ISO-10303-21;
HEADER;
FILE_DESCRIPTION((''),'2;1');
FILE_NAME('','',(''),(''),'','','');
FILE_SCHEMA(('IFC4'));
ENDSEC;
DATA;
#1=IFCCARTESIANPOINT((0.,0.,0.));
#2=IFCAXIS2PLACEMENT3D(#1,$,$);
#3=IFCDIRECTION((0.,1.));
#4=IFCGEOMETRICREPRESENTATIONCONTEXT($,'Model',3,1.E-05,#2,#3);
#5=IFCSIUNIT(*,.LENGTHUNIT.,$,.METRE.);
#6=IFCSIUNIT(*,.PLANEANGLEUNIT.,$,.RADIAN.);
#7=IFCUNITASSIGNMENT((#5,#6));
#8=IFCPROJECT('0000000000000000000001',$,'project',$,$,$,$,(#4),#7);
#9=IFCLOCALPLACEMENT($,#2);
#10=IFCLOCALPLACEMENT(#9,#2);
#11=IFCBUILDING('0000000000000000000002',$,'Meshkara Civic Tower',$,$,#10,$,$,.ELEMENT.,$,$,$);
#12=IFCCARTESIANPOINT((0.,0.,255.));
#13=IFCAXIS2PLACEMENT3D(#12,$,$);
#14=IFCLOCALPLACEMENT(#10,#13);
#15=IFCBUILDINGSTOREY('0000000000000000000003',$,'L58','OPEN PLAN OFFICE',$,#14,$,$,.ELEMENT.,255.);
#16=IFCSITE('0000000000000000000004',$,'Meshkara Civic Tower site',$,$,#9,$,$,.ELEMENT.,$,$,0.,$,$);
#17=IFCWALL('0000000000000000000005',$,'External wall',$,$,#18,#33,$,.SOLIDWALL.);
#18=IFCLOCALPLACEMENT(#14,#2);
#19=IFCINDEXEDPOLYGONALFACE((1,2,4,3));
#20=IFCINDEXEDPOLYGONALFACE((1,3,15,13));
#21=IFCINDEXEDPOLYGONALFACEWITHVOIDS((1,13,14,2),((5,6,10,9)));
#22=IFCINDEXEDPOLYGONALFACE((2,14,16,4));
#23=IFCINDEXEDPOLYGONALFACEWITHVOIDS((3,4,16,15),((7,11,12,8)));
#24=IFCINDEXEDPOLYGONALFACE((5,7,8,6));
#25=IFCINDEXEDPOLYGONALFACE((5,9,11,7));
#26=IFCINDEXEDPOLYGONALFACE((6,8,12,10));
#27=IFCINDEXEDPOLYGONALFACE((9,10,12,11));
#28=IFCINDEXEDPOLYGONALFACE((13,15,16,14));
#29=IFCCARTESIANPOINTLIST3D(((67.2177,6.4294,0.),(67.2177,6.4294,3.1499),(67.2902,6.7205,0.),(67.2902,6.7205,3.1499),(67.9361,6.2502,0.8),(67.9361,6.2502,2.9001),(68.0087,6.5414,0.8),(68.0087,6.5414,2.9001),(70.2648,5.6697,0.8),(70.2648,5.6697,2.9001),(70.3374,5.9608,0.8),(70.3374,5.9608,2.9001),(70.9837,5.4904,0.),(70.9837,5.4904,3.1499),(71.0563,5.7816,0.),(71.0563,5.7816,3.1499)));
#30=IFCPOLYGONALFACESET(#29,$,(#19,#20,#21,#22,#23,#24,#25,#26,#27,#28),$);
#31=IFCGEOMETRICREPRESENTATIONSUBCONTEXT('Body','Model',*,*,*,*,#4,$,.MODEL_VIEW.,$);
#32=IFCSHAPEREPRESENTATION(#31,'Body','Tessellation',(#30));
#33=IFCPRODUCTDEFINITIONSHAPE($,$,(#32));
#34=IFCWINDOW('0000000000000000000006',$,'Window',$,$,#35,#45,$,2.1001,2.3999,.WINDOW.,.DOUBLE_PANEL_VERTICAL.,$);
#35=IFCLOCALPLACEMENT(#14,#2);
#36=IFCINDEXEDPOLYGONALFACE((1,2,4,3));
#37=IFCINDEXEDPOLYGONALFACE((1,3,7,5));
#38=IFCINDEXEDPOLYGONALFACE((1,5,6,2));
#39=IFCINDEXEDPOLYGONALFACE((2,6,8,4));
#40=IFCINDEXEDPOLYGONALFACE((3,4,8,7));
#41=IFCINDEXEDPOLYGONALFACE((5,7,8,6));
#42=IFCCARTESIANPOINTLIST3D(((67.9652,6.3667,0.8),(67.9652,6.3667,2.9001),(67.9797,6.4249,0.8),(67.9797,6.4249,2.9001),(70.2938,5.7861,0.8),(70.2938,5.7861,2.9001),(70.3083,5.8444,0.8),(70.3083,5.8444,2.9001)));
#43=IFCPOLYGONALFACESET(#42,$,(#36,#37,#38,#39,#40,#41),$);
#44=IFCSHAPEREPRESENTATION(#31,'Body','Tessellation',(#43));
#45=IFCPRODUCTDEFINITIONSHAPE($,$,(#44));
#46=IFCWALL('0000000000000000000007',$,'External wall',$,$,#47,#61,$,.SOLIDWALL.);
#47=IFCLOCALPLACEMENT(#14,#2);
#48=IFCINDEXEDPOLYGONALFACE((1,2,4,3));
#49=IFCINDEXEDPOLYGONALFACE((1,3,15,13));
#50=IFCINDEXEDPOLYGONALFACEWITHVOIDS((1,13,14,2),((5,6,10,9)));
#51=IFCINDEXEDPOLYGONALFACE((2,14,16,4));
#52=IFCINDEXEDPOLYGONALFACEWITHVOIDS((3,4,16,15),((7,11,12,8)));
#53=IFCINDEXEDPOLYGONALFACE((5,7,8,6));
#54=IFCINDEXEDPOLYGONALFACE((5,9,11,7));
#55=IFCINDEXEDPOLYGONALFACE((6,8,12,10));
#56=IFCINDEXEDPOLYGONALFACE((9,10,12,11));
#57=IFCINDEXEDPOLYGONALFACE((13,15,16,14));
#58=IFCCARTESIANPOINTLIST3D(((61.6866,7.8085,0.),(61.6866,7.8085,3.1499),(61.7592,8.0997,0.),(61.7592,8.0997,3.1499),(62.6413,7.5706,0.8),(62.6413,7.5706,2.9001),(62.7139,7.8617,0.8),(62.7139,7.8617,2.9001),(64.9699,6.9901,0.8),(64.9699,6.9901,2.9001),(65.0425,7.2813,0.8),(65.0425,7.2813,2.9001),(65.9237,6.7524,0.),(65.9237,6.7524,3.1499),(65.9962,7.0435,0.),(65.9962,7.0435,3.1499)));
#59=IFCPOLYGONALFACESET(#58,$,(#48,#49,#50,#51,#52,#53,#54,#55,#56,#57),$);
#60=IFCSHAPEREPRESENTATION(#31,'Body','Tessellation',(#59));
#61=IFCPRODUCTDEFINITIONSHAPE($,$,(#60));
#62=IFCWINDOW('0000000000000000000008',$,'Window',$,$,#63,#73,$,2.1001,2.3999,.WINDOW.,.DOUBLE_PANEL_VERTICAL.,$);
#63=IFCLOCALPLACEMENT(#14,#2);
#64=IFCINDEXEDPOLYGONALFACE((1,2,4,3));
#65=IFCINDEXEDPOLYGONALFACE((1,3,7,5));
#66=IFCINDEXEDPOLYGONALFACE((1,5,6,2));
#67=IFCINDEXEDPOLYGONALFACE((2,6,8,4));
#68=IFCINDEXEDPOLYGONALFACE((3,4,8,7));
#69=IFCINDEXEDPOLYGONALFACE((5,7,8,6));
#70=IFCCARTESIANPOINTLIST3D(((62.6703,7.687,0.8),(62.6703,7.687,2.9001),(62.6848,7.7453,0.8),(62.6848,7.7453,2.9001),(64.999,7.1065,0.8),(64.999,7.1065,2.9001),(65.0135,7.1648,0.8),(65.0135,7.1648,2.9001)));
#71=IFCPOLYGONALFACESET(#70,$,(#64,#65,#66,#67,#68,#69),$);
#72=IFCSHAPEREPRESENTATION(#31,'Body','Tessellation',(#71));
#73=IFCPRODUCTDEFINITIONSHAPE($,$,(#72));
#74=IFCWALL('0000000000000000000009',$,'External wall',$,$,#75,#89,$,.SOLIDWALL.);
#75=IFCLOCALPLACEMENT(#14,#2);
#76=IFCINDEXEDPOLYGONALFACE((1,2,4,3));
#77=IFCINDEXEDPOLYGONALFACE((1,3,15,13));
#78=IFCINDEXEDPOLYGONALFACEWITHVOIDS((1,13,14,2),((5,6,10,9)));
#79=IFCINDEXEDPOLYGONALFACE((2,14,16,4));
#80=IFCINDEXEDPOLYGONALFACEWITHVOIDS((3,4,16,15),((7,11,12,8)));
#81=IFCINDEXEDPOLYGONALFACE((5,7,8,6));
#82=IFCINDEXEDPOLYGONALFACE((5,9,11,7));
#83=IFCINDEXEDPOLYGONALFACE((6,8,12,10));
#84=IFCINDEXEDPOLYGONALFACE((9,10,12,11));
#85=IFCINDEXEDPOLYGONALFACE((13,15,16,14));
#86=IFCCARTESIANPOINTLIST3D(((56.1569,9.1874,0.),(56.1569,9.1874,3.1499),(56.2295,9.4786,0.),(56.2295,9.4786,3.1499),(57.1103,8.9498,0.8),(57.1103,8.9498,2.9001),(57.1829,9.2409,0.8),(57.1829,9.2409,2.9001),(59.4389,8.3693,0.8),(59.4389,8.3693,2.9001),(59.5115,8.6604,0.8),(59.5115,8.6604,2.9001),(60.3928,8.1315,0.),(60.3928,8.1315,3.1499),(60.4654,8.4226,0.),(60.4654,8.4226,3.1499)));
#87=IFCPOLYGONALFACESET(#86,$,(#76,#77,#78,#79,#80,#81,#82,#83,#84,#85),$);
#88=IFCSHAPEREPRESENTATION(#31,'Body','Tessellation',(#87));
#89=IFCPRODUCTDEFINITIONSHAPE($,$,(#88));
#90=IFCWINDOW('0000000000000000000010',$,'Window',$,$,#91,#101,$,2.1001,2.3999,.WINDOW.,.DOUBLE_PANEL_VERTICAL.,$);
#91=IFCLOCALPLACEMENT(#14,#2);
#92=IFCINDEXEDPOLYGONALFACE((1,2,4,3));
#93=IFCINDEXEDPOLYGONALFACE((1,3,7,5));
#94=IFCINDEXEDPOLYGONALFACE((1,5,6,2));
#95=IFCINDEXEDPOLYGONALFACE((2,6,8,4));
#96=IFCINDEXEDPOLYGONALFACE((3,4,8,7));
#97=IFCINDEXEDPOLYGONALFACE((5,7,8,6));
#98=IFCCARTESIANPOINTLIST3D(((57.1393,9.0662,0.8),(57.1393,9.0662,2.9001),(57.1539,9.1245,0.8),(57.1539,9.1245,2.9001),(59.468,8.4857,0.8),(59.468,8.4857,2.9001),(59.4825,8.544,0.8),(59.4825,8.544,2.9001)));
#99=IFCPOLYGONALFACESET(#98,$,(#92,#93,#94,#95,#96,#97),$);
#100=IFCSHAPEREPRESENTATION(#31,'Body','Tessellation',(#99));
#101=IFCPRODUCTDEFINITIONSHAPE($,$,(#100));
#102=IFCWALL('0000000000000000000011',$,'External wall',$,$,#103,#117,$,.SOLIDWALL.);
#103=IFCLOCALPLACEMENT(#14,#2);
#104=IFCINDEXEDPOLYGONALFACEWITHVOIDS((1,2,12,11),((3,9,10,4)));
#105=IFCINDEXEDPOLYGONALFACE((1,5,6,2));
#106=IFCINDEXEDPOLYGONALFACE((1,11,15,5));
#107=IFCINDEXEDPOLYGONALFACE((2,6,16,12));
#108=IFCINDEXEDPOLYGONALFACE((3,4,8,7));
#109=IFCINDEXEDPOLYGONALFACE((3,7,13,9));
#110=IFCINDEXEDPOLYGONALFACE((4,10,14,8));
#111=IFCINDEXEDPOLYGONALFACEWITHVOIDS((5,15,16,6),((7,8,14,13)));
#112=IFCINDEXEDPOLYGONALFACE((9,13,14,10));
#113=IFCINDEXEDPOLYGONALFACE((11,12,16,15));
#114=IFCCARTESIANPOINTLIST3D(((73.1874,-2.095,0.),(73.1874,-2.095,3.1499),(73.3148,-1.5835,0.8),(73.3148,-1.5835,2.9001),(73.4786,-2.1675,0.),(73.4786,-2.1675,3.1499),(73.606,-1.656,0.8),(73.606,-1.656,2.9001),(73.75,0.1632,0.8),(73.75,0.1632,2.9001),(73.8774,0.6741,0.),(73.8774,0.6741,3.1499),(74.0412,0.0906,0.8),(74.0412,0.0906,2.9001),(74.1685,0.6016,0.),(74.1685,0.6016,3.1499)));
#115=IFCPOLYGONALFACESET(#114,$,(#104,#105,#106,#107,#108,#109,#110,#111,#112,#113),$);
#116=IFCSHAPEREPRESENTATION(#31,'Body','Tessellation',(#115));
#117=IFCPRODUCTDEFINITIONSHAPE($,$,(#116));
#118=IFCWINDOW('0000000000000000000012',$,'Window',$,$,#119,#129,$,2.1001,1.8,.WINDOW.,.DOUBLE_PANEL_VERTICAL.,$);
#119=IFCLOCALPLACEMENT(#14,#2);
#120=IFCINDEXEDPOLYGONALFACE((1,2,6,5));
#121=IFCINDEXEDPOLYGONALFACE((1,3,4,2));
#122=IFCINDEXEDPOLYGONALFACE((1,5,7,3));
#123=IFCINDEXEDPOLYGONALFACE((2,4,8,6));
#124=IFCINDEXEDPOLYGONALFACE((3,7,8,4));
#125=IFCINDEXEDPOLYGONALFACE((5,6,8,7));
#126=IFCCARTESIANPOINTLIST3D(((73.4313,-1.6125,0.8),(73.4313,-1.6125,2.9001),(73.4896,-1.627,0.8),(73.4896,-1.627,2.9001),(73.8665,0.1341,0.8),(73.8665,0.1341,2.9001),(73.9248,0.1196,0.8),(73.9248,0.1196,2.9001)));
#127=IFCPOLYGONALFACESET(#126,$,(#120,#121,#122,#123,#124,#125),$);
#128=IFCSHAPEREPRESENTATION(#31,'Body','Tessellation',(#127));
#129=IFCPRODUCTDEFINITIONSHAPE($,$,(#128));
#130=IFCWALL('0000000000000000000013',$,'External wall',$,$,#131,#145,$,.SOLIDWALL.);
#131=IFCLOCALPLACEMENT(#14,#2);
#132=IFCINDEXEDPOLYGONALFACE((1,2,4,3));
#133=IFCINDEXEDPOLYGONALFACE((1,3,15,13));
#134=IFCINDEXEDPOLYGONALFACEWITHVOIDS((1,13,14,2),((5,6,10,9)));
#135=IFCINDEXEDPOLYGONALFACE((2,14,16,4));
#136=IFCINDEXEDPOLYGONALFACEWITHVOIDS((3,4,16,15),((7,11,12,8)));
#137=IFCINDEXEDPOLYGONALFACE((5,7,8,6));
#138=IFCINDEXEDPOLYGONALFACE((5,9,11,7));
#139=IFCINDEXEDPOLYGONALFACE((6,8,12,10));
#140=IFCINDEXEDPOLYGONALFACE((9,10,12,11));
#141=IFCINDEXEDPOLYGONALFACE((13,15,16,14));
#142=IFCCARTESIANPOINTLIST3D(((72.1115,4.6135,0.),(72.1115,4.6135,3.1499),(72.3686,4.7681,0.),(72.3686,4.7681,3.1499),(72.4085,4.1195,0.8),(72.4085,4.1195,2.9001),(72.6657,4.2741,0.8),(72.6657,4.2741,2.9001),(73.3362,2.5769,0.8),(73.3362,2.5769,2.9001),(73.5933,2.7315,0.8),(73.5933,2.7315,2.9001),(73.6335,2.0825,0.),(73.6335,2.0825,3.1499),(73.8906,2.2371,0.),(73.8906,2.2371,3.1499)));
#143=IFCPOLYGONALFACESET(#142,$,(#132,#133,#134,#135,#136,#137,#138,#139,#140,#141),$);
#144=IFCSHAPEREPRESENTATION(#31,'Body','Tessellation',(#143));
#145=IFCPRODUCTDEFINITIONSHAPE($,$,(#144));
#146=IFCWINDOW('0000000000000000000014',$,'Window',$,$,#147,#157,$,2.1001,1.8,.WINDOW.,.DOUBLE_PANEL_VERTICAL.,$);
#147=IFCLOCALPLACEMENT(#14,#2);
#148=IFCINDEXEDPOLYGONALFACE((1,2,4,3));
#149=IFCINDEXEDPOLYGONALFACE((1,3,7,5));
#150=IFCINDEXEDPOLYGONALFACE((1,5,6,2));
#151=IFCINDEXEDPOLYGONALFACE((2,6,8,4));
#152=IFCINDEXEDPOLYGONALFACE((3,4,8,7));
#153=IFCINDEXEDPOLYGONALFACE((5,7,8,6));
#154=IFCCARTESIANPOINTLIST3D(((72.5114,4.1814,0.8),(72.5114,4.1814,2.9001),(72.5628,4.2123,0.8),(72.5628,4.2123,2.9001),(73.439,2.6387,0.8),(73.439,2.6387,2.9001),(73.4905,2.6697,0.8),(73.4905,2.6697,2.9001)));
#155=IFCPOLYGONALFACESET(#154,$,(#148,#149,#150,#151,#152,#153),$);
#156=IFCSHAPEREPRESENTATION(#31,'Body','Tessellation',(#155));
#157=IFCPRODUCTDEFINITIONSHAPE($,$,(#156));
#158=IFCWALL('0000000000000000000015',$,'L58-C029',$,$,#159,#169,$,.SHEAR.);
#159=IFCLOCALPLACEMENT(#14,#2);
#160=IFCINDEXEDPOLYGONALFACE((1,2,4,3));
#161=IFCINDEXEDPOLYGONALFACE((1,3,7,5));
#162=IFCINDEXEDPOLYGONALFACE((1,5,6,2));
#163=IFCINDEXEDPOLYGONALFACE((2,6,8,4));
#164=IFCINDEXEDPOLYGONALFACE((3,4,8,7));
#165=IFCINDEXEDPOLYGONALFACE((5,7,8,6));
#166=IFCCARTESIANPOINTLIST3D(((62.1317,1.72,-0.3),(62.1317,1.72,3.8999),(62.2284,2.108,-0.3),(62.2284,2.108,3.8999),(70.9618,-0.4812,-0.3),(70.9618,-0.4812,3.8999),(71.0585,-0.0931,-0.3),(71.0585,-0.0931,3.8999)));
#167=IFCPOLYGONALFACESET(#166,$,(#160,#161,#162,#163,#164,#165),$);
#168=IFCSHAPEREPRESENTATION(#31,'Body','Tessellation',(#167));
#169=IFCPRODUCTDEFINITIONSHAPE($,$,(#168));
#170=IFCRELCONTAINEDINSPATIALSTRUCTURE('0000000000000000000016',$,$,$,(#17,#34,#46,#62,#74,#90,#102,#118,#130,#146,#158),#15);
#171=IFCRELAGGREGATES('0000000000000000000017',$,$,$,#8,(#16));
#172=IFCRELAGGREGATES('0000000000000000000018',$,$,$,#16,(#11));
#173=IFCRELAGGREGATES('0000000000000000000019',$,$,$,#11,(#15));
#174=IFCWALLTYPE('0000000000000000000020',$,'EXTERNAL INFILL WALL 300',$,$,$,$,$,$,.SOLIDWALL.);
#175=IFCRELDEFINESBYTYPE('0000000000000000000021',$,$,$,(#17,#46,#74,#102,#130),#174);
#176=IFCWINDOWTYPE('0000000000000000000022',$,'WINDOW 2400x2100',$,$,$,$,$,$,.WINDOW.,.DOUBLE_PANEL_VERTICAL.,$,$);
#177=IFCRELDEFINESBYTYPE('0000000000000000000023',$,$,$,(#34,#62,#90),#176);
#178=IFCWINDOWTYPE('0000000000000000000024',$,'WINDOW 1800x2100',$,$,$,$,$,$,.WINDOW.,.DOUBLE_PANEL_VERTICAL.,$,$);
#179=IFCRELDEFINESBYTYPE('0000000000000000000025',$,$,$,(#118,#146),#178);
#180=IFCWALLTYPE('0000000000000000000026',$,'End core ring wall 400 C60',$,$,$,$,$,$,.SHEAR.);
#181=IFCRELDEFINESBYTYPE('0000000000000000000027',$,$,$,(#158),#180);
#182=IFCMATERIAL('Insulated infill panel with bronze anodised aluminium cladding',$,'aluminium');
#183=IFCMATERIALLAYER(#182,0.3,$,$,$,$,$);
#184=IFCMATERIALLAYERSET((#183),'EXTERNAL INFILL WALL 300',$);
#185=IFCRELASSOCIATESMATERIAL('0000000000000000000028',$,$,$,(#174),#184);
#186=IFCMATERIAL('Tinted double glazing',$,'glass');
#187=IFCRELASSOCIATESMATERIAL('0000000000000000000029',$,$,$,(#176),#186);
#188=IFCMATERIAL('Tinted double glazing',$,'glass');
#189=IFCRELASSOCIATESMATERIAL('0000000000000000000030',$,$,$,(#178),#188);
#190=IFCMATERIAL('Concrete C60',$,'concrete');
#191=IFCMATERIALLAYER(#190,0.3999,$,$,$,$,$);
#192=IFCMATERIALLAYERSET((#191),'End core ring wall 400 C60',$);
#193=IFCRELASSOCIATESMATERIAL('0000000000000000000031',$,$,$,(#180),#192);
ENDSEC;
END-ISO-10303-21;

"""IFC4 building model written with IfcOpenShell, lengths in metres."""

from ifc_helpers import new_model, si_unit, direction, frame, frame_2d, origin, place, context, subcontext, project, spatial, rectangle, extrude, material, layer, layer_set, type_object, element, fill, save


model = new_model("IFC4")

# Units and contexts
model_context = context("Model", 3, precision=1e-05, world=origin(), true_north=direction((0.0, 1.0)))
body_context = subcontext(model_context, "Body", "Model", "MODEL_VIEW")
ifc_project = project(units=[si_unit("LENGTHUNIT", "METRE"), si_unit("PLANEANGLEUNIT", "RADIAN")], contexts=[model_context])

# Site, building, storey
site_placement = place(None, origin())
site = spatial("IfcSite", under=ifc_project, at=site_placement, Name="Meshkara Civic Tower site", CompositionType="ELEMENT", RefElevation=0.0)
building_placement = place(site_placement, origin())
building = spatial("IfcBuilding", under=site, at=building_placement, Name="Meshkara Civic Tower", CompositionType="ELEMENT")
storey_placement = place(building_placement, frame((0.0, 0.0, 255.0)))
storey = spatial("IfcBuildingStorey", under=building, at=storey_placement, Name="L58", Description="OPEN PLAN OFFICE", CompositionType="ELEMENT", Elevation=255.0)

# Walls, openings, windows
ifc_material_1 = material(Name="Insulated infill panel with bronze anodised aluminium cladding", Category="aluminium")
ifc_layer_1 = layer(ifc_material_1, 0.3)
ifc_layer_set_1 = layer_set([ifc_layer_1], Name="EXTERNAL INFILL WALL 300")
wall_type_1 = type_object("IfcWallType", Name="EXTERNAL INFILL WALL 300", PredefinedType="SOLIDWALL", material=ifc_layer_set_1)
wall_1_placement = place(storey_placement, frame((71.02, 5.636, 0.0), z_axis=(0.0, 0.0, 1.0), x_axis=(-0.970298, 0.241914, 0.0)))
wall_1 = element("IfcWall", 1, at=wall_1_placement, inside=storey, type_object=wall_type_1, Name="External wall", PredefinedType="SOLIDWALL", context=body_context, shape_type="SweptSolid", body=[
    extrude(rectangle(XDim=3.8813, YDim=0.3, at=frame_2d((1.9407, 0.0))), origin(), (0.0, 0.0, 1.0), 3.1499),
])
opening_1_placement = place(wall_1_placement, frame((0.741, 0.0, 0.8)))
opening_1 = element("IfcOpeningElement", 2, at=opening_1_placement, cuts=wall_1, PredefinedType="OPENING", context=body_context, shape_type="SweptSolid", body=[
    extrude(rectangle(XDim=2.3999, YDim=2.1001, at=frame_2d((1.2, 1.05))), frame((0.0, 0.1599, 0.0), z_axis=(0.0, -1.0, 0.0), x_axis=(1.0, 0.0, 0.0)), (0.0, 0.0, 1.0), 0.3201),
])
ifc_material_2 = material(Name="Tinted double glazing", Category="glass")
window_type_1 = type_object("IfcWindowType", Name="WINDOW 2400x2100", PartitioningType="DOUBLE_PANEL_VERTICAL", PredefinedType="WINDOW", material=ifc_material_2)
window_1_placement = place(opening_1_placement, origin())
window_1 = element("IfcWindow", 3, at=window_1_placement, inside=storey, type_object=window_type_1, Name="Window", OverallHeight=2.1001, OverallWidth=2.3999, PartitioningType="DOUBLE_PANEL_VERTICAL", PredefinedType="WINDOW", context=body_context, shape_type="SweptSolid", body=[
    extrude(rectangle(XDim=2.3999, YDim=2.1001, at=frame_2d((1.2, 1.05))), frame((0.0, 0.03, 0.0), z_axis=(0.0, -1.0, 0.0), x_axis=(1.0, 0.0, 0.0)), (0.0, 0.0, 1.0), 0.0601),
])
fill(opening_1, window_1)
wall_2_placement = place(storey_placement, frame((65.96, 6.8979, 0.0), z_axis=(0.0, 0.0, 1.0), x_axis=(-0.97031, 0.241865, 0.0)))
wall_2 = element("IfcWall", 4, at=wall_2_placement, inside=storey, type_object=wall_type_1, Name="External wall", PredefinedType="SOLIDWALL", context=body_context, shape_type="SweptSolid", body=[
    extrude(rectangle(XDim=4.3667, YDim=0.3, at=frame_2d((2.1833, 0.0))), origin(), (0.0, 0.0, 1.0), 3.1499),
])
opening_2_placement = place(wall_2_placement, frame((0.9829, 0.0, 0.8)))
opening_2 = element("IfcOpeningElement", 5, at=opening_2_placement, cuts=wall_2, PredefinedType="OPENING", context=body_context, shape_type="SweptSolid", body=[
    extrude(rectangle(XDim=2.3999, YDim=2.1001, at=frame_2d((1.2, 1.05))), frame((0.0, 0.1599, 0.0), z_axis=(0.0, -1.0, 0.0), x_axis=(1.0, 0.0, 0.0)), (0.0, 0.0, 1.0), 0.3201),
])
window_2_placement = place(opening_2_placement, origin())
window_2 = element("IfcWindow", 6, at=window_2_placement, inside=storey, type_object=window_type_1, Name="Window", OverallHeight=2.1001, OverallWidth=2.3999, PartitioningType="DOUBLE_PANEL_VERTICAL", PredefinedType="WINDOW", context=body_context, shape_type="SweptSolid", body=[
    extrude(rectangle(XDim=2.3999, YDim=2.1001, at=frame_2d((1.2, 1.05))), frame((0.0, 0.03, 0.0), z_axis=(0.0, -1.0, 0.0), x_axis=(1.0, 0.0, 0.0)), (0.0, 0.0, 1.0), 0.0601),
])
fill(opening_2, window_2)
wall_3_placement = place(storey_placement, frame((60.429, 8.2771, 0.0), z_axis=(0.0, 0.0, 1.0), x_axis=(-0.970307, 0.241878, 0.0)))
wall_3 = element("IfcWall", 7, at=wall_3_placement, inside=storey, type_object=wall_type_1, Name="External wall", PredefinedType="SOLIDWALL", context=body_context, shape_type="SweptSolid", body=[
    extrude(rectangle(XDim=4.3655, YDim=0.3, at=frame_2d((2.1826, 0.0))), origin(), (0.0, 0.0, 1.0), 3.1499),
])
opening_3_placement = place(wall_3_placement, frame((0.9829, 0.0, 0.8)))
opening_3 = element("IfcOpeningElement", 8, at=opening_3_placement, cuts=wall_3, PredefinedType="OPENING", context=body_context, shape_type="SweptSolid", body=[
    extrude(rectangle(XDim=2.3999, YDim=2.1001, at=frame_2d((1.2, 1.05))), frame((0.0, 0.1599, 0.0), z_axis=(0.0, -1.0, 0.0), x_axis=(1.0, 0.0, 0.0)), (0.0, 0.0, 1.0), 0.3201),
])
window_3_placement = place(opening_3_placement, origin())
window_3 = element("IfcWindow", 9, at=window_3_placement, inside=storey, type_object=window_type_1, Name="Window", OverallHeight=2.1001, OverallWidth=2.3999, PartitioningType="DOUBLE_PANEL_VERTICAL", PredefinedType="WINDOW", context=body_context, shape_type="SweptSolid", body=[
    extrude(rectangle(XDim=2.3999, YDim=2.1001, at=frame_2d((1.2, 1.05))), frame((0.0, 0.03, 0.0), z_axis=(0.0, -1.0, 0.0), x_axis=(1.0, 0.0, 0.0)), (0.0, 0.0, 1.0), 0.0601),
])
fill(opening_3, window_3)
wall_4_placement = place(storey_placement, frame((73.333, -2.1311, 0.0), z_axis=(0.0, 0.0, 1.0), x_axis=(0.241771, 0.970333, 0.0)))
wall_4 = element("IfcWall", 10, at=wall_4_placement, inside=storey, type_object=wall_type_1, Name="External wall", PredefinedType="SOLIDWALL", context=body_context, shape_type="SweptSolid", body=[
    extrude(rectangle(XDim=2.8538, YDim=0.3, at=frame_2d((1.4268, 0.0))), origin(), (0.0, 0.0, 1.0), 3.1499),
])
opening_4_placement = place(wall_4_placement, frame((0.5271, 0.0, 0.8)))
opening_4 = element("IfcOpeningElement", 11, at=opening_4_placement, cuts=wall_4, PredefinedType="OPENING", context=body_context, shape_type="SweptSolid", body=[
    extrude(rectangle(XDim=1.8, YDim=2.1001, at=frame_2d((0.8999, 1.05))), frame((0.0, 0.1599, 0.0), z_axis=(0.0, -1.0, 0.0), x_axis=(1.0, 0.0, 0.0)), (0.0, 0.0, 1.0), 0.3201),
])
ifc_material_3 = material(Name="Tinted double glazing", Category="glass")
window_type_2 = type_object("IfcWindowType", Name="WINDOW 1800x2100", PartitioningType="DOUBLE_PANEL_VERTICAL", PredefinedType="WINDOW", material=ifc_material_3)
window_4_placement = place(opening_4_placement, origin())
window_4 = element("IfcWindow", 12, at=window_4_placement, inside=storey, type_object=window_type_2, Name="Window", OverallHeight=2.1001, OverallWidth=1.8, PartitioningType="DOUBLE_PANEL_VERTICAL", PredefinedType="WINDOW", context=body_context, shape_type="SweptSolid", body=[
    extrude(rectangle(XDim=1.8, YDim=2.1001, at=frame_2d((0.8999, 1.05))), frame((0.0, 0.03, 0.0), z_axis=(0.0, -1.0, 0.0), x_axis=(1.0, 0.0, 0.0)), (0.0, 0.0, 1.0), 0.0601),
])
fill(opening_4, window_4)
wall_5_placement = place(storey_placement, frame((73.762, 2.1599, 0.0), z_axis=(0.0, 0.0, 1.0), x_axis=(-0.515334, 0.856989, 0.0)))
wall_5 = element("IfcWall", 13, at=wall_5_placement, inside=storey, type_object=wall_type_1, Name="External wall", PredefinedType="SOLIDWALL", context=body_context, shape_type="SweptSolid", body=[
    extrude(rectangle(XDim=2.9534, YDim=0.3, at=frame_2d((1.4766, 0.0))), origin(), (0.0, 0.0, 1.0), 3.1499),
])
opening_5_placement = place(wall_5_placement, frame((0.5769, 0.0, 0.8)))
opening_5 = element("IfcOpeningElement", 14, at=opening_5_placement, cuts=wall_5, PredefinedType="OPENING", context=body_context, shape_type="SweptSolid", body=[
    extrude(rectangle(XDim=1.8, YDim=2.1001, at=frame_2d((0.8999, 1.05))), frame((0.0, 0.1599, 0.0), z_axis=(0.0, -1.0, 0.0), x_axis=(1.0, 0.0, 0.0)), (0.0, 0.0, 1.0), 0.3201),
])
window_5_placement = place(opening_5_placement, origin())
window_5 = element("IfcWindow", 15, at=window_5_placement, inside=storey, type_object=window_type_2, Name="Window", OverallHeight=2.1001, OverallWidth=1.8, PartitioningType="DOUBLE_PANEL_VERTICAL", PredefinedType="WINDOW", context=body_context, shape_type="SweptSolid", body=[
    extrude(rectangle(XDim=1.8, YDim=2.1001, at=frame_2d((0.8999, 1.05))), frame((0.0, 0.03, 0.0), z_axis=(0.0, -1.0, 0.0), x_axis=(1.0, 0.0, 0.0)), (0.0, 0.0, 1.0), 0.0601),
])
fill(opening_5, window_5)

# Wall
ifc_material_4 = material(Name="Concrete C60", Category="concrete")
ifc_layer_2 = layer(ifc_material_4, 0.3999)
ifc_layer_set_2 = layer_set([ifc_layer_2], Name="End core ring wall 400 C60")
wall_type_2 = type_object("IfcWallType", Name="End core ring wall 400 C60", PredefinedType="SHEAR", material=ifc_layer_set_2)
wall_6_placement = place(storey_placement, frame((62.1799, 1.9141, -0.3), z_axis=(0.0, 0.0, 1.0), x_axis=(0.970306, -0.241879, 0.0)))
element("IfcWall", 16, at=wall_6_placement, inside=storey, type_object=wall_type_2, Name="L58-C029", PredefinedType="SHEAR", context=body_context, shape_type="SweptSolid", body=[
    extrude(rectangle(XDim=9.1003, YDim=0.3999, at=frame_2d((4.5503, 0.0))), origin(), (0.0, 0.0, 1.0), 4.2),
])

save(model, "model.ifc")
